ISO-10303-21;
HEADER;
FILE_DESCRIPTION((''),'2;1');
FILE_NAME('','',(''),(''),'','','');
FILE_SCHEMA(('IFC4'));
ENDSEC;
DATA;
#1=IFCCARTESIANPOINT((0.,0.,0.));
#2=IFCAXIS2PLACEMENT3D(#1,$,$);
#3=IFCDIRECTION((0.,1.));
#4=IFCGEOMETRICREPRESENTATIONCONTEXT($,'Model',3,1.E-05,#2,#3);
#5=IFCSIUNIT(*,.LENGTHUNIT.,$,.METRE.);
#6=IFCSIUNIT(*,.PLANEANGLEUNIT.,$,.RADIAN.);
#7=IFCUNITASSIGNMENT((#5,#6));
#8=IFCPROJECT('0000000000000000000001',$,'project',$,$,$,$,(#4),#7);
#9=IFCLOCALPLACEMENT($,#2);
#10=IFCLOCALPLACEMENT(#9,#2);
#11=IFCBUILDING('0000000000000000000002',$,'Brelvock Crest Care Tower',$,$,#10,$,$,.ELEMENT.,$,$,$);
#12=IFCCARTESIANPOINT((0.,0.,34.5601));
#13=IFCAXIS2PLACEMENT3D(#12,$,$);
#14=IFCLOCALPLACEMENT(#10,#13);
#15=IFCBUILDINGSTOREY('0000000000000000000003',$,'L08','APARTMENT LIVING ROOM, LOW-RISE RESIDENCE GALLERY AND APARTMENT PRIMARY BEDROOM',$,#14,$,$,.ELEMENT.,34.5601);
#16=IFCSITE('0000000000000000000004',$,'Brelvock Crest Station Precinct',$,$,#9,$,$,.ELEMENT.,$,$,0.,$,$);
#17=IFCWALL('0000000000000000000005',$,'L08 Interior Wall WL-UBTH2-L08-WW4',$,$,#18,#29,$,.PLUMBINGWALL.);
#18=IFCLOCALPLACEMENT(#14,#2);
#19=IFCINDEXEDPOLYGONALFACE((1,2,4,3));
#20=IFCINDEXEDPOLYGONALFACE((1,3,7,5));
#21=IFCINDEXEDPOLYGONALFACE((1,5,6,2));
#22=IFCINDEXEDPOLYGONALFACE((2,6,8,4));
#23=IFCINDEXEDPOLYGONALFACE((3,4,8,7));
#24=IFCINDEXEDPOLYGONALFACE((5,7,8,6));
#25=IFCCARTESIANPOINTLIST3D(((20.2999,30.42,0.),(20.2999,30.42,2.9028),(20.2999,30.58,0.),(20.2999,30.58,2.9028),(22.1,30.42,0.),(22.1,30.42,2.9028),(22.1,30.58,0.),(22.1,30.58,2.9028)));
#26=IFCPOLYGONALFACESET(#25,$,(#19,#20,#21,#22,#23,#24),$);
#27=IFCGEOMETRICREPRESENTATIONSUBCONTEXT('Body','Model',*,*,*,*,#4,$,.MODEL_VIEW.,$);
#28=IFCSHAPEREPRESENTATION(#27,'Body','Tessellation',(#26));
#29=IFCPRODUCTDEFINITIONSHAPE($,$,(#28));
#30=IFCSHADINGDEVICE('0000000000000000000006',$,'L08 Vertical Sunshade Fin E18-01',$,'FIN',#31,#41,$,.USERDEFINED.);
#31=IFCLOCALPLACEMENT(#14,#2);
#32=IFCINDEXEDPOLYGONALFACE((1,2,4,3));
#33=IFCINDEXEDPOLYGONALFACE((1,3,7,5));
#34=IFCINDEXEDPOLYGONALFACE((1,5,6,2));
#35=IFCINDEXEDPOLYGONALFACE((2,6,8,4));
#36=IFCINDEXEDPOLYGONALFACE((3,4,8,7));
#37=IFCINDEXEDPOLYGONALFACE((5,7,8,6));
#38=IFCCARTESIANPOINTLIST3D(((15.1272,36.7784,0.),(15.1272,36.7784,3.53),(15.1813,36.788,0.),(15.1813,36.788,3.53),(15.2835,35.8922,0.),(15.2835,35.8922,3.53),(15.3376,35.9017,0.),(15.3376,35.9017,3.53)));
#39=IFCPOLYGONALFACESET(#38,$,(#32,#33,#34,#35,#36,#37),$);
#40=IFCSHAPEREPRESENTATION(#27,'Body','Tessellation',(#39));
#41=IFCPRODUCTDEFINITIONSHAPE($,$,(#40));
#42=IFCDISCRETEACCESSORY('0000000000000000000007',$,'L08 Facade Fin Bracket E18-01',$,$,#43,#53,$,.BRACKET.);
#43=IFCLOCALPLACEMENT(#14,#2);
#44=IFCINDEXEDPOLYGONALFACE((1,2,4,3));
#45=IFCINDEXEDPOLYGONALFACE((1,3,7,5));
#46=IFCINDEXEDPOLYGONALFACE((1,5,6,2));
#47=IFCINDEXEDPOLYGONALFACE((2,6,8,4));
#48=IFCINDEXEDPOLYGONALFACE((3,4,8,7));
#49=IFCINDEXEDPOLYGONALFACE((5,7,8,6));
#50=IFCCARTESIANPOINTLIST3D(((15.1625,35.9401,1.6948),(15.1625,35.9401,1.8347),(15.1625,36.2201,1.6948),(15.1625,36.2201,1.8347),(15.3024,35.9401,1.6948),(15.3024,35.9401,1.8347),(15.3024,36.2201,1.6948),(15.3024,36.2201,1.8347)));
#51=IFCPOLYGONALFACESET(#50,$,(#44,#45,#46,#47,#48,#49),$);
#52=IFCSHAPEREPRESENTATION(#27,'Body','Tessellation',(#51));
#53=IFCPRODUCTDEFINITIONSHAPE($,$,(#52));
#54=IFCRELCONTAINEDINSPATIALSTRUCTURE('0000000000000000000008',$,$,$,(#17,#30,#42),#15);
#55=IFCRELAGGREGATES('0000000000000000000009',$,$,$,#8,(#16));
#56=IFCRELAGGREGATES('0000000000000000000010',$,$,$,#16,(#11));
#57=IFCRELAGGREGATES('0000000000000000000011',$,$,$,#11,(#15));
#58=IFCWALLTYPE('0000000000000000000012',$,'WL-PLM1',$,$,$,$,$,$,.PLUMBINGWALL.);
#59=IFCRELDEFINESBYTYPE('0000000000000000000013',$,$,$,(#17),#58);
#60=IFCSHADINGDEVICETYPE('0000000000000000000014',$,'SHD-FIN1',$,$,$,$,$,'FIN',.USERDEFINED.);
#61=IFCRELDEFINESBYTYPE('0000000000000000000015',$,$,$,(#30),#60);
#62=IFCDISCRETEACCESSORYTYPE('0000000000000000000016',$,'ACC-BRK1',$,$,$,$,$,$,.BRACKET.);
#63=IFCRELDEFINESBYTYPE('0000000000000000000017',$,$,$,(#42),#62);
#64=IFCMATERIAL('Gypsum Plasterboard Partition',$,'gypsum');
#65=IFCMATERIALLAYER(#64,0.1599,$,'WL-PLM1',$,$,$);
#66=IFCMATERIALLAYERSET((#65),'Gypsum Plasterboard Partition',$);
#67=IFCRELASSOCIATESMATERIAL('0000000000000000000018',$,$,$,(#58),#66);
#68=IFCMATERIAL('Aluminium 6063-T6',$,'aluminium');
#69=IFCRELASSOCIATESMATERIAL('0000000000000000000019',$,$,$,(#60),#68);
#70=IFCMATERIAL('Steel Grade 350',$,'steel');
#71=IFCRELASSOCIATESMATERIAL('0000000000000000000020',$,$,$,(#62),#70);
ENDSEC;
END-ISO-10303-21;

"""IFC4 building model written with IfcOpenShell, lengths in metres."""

from ifc_helpers import new_model, si_unit, direction, frame, frame_2d, origin, origin_2d, place, context, subcontext, project, spatial, rectangle, extrude, source, transform, mapped, material, layer, layer_set, material_profile, profile_set, type_object, element, save


model = new_model("IFC4")

# Units and contexts
model_context = context("Model", 3, precision=1e-05, world=origin(), true_north=direction((0.0, 1.0)))
body_context = subcontext(model_context, "Body", "Model", "MODEL_VIEW")
ifc_project = project(units=[si_unit("LENGTHUNIT", "METRE"), si_unit("PLANEANGLEUNIT", "RADIAN")], contexts=[model_context])

# Site, building, storey
site_placement = place(None, origin())
site = spatial("IfcSite", under=ifc_project, at=site_placement, Name="Brelvock Crest Station Precinct", CompositionType="ELEMENT", RefElevation=0.0)
building_placement = place(site_placement, origin())
building = spatial("IfcBuilding", under=site, at=building_placement, Name="Brelvock Crest Care Tower", CompositionType="ELEMENT")
storey_placement = place(building_placement, frame((0.0, 0.0, 34.5601)))
storey = spatial("IfcBuildingStorey", under=building, at=storey_placement, Name="L08", Description="APARTMENT LIVING ROOM, LOW-RISE RESIDENCE GALLERY AND APARTMENT PRIMARY BEDROOM", CompositionType="ELEMENT", Elevation=34.5601)

# Shared definitions
ifc_material_1 = material(Name="Steel Grade 350", Category="steel")

# Shared definitions
ifc_material_2 = material(Name="Aluminium 6063-T6", Category="aluminium")

# Shared definitions
ifc_material_3 = material(Name="Gypsum Plasterboard Partition", Category="gypsum")

# Wall
ifc_layer_1 = layer(ifc_material_3, 0.1599, Name="WL-PLM1")
ifc_layer_set_1 = layer_set([ifc_layer_1], Name="Gypsum Plasterboard Partition")
wall_type_1 = type_object("IfcWallType", Name="WL-PLM1", PredefinedType="PLUMBINGWALL", material=ifc_layer_set_1)
wall_1_placement = place(storey_placement, frame((20.3, 30.5, 0.0), z_axis=(0.0, 0.0, 1.0), x_axis=(1.0, 0.0, 0.0)))
element("IfcWall", 1, at=wall_1_placement, inside=storey, type_object=wall_type_1, Name="L08 Interior Wall WL-UBTH2-L08-WW4", PredefinedType="PLUMBINGWALL", context=body_context, shape_type="SweptSolid", body=[
    extrude(rectangle(XDim=1.8, YDim=0.1599, at=frame_2d((0.8999, 0.0))), origin(), (0.0, 0.0, 1.0), 2.9028),
])

# Shading device
ifc_material_profile_1 = material_profile(ifc_material_2, rectangle(XDim=0.0549, YDim=0.8999, at=origin_2d()), Name="FIN55x900")
ifc_profile_set_1 = profile_set([ifc_material_profile_1], Name="Aluminium 6063-T6")
shading_device_type = type_object("IfcShadingDeviceType", Name="SHD-FIN1", ElementType="FIN", PredefinedType="USERDEFINED", material=ifc_profile_set_1)
shared_shape_1 = source(origin(), body_context, "Body", "SweptSolid", [
    extrude(rectangle(XDim=0.0549, YDim=0.8999, at=origin_2d()), origin(), (0.0, 0.0, 1.0), 3.53),
])
shading_device_placement = place(storey_placement, frame((15.2324, 36.3401, 0.0), z_axis=(0.0, 0.0, 1.0), x_axis=(0.984808, 0.173648, 0.0)))
element("IfcShadingDevice", 2, at=shading_device_placement, inside=storey, type_object=shading_device_type, Name="L08 Vertical Sunshade Fin E18-01", ObjectType="FIN", PredefinedType="USERDEFINED", context=body_context, shape_type="MappedRepresentation", body=[
    mapped(shared_shape_1, transform((0.0, 0.0, 0.0), x_axis=(1.0, 0.0, 0.0), y_axis=(0.0, 1.0, 0.0), z_axis=(0.0, 0.0, 1.0), scale=1.0)),
])

# Discrete accessory
discrete_accessory_type = type_object("IfcDiscreteAccessoryType", Name="ACC-BRK1", PredefinedType="BRACKET", material=ifc_material_1)
shared_shape_2 = source(origin(), body_context, "Body", "SweptSolid", [
    extrude(rectangle(XDim=0.28, YDim=0.1399, at=origin_2d()), origin(), (0.0, 0.0, 1.0), 0.1399),
])
discrete_accessory_placement = place(storey_placement, frame((15.2324, 36.0801, 1.6948), z_axis=(0.0, 0.0, 1.0), x_axis=(0.0, 1.0, 0.0)))
element("IfcDiscreteAccessory", 3, at=discrete_accessory_placement, inside=storey, type_object=discrete_accessory_type, Name="L08 Facade Fin Bracket E18-01", PredefinedType="BRACKET", context=body_context, shape_type="MappedRepresentation", body=[
    mapped(shared_shape_2, transform((0.0, 0.0, 0.0), x_axis=(1.0, 0.0, 0.0), y_axis=(0.0, 1.0, 0.0), z_axis=(0.0, 0.0, 1.0), scale=1.0)),
])

save(model, "model.ifc")
